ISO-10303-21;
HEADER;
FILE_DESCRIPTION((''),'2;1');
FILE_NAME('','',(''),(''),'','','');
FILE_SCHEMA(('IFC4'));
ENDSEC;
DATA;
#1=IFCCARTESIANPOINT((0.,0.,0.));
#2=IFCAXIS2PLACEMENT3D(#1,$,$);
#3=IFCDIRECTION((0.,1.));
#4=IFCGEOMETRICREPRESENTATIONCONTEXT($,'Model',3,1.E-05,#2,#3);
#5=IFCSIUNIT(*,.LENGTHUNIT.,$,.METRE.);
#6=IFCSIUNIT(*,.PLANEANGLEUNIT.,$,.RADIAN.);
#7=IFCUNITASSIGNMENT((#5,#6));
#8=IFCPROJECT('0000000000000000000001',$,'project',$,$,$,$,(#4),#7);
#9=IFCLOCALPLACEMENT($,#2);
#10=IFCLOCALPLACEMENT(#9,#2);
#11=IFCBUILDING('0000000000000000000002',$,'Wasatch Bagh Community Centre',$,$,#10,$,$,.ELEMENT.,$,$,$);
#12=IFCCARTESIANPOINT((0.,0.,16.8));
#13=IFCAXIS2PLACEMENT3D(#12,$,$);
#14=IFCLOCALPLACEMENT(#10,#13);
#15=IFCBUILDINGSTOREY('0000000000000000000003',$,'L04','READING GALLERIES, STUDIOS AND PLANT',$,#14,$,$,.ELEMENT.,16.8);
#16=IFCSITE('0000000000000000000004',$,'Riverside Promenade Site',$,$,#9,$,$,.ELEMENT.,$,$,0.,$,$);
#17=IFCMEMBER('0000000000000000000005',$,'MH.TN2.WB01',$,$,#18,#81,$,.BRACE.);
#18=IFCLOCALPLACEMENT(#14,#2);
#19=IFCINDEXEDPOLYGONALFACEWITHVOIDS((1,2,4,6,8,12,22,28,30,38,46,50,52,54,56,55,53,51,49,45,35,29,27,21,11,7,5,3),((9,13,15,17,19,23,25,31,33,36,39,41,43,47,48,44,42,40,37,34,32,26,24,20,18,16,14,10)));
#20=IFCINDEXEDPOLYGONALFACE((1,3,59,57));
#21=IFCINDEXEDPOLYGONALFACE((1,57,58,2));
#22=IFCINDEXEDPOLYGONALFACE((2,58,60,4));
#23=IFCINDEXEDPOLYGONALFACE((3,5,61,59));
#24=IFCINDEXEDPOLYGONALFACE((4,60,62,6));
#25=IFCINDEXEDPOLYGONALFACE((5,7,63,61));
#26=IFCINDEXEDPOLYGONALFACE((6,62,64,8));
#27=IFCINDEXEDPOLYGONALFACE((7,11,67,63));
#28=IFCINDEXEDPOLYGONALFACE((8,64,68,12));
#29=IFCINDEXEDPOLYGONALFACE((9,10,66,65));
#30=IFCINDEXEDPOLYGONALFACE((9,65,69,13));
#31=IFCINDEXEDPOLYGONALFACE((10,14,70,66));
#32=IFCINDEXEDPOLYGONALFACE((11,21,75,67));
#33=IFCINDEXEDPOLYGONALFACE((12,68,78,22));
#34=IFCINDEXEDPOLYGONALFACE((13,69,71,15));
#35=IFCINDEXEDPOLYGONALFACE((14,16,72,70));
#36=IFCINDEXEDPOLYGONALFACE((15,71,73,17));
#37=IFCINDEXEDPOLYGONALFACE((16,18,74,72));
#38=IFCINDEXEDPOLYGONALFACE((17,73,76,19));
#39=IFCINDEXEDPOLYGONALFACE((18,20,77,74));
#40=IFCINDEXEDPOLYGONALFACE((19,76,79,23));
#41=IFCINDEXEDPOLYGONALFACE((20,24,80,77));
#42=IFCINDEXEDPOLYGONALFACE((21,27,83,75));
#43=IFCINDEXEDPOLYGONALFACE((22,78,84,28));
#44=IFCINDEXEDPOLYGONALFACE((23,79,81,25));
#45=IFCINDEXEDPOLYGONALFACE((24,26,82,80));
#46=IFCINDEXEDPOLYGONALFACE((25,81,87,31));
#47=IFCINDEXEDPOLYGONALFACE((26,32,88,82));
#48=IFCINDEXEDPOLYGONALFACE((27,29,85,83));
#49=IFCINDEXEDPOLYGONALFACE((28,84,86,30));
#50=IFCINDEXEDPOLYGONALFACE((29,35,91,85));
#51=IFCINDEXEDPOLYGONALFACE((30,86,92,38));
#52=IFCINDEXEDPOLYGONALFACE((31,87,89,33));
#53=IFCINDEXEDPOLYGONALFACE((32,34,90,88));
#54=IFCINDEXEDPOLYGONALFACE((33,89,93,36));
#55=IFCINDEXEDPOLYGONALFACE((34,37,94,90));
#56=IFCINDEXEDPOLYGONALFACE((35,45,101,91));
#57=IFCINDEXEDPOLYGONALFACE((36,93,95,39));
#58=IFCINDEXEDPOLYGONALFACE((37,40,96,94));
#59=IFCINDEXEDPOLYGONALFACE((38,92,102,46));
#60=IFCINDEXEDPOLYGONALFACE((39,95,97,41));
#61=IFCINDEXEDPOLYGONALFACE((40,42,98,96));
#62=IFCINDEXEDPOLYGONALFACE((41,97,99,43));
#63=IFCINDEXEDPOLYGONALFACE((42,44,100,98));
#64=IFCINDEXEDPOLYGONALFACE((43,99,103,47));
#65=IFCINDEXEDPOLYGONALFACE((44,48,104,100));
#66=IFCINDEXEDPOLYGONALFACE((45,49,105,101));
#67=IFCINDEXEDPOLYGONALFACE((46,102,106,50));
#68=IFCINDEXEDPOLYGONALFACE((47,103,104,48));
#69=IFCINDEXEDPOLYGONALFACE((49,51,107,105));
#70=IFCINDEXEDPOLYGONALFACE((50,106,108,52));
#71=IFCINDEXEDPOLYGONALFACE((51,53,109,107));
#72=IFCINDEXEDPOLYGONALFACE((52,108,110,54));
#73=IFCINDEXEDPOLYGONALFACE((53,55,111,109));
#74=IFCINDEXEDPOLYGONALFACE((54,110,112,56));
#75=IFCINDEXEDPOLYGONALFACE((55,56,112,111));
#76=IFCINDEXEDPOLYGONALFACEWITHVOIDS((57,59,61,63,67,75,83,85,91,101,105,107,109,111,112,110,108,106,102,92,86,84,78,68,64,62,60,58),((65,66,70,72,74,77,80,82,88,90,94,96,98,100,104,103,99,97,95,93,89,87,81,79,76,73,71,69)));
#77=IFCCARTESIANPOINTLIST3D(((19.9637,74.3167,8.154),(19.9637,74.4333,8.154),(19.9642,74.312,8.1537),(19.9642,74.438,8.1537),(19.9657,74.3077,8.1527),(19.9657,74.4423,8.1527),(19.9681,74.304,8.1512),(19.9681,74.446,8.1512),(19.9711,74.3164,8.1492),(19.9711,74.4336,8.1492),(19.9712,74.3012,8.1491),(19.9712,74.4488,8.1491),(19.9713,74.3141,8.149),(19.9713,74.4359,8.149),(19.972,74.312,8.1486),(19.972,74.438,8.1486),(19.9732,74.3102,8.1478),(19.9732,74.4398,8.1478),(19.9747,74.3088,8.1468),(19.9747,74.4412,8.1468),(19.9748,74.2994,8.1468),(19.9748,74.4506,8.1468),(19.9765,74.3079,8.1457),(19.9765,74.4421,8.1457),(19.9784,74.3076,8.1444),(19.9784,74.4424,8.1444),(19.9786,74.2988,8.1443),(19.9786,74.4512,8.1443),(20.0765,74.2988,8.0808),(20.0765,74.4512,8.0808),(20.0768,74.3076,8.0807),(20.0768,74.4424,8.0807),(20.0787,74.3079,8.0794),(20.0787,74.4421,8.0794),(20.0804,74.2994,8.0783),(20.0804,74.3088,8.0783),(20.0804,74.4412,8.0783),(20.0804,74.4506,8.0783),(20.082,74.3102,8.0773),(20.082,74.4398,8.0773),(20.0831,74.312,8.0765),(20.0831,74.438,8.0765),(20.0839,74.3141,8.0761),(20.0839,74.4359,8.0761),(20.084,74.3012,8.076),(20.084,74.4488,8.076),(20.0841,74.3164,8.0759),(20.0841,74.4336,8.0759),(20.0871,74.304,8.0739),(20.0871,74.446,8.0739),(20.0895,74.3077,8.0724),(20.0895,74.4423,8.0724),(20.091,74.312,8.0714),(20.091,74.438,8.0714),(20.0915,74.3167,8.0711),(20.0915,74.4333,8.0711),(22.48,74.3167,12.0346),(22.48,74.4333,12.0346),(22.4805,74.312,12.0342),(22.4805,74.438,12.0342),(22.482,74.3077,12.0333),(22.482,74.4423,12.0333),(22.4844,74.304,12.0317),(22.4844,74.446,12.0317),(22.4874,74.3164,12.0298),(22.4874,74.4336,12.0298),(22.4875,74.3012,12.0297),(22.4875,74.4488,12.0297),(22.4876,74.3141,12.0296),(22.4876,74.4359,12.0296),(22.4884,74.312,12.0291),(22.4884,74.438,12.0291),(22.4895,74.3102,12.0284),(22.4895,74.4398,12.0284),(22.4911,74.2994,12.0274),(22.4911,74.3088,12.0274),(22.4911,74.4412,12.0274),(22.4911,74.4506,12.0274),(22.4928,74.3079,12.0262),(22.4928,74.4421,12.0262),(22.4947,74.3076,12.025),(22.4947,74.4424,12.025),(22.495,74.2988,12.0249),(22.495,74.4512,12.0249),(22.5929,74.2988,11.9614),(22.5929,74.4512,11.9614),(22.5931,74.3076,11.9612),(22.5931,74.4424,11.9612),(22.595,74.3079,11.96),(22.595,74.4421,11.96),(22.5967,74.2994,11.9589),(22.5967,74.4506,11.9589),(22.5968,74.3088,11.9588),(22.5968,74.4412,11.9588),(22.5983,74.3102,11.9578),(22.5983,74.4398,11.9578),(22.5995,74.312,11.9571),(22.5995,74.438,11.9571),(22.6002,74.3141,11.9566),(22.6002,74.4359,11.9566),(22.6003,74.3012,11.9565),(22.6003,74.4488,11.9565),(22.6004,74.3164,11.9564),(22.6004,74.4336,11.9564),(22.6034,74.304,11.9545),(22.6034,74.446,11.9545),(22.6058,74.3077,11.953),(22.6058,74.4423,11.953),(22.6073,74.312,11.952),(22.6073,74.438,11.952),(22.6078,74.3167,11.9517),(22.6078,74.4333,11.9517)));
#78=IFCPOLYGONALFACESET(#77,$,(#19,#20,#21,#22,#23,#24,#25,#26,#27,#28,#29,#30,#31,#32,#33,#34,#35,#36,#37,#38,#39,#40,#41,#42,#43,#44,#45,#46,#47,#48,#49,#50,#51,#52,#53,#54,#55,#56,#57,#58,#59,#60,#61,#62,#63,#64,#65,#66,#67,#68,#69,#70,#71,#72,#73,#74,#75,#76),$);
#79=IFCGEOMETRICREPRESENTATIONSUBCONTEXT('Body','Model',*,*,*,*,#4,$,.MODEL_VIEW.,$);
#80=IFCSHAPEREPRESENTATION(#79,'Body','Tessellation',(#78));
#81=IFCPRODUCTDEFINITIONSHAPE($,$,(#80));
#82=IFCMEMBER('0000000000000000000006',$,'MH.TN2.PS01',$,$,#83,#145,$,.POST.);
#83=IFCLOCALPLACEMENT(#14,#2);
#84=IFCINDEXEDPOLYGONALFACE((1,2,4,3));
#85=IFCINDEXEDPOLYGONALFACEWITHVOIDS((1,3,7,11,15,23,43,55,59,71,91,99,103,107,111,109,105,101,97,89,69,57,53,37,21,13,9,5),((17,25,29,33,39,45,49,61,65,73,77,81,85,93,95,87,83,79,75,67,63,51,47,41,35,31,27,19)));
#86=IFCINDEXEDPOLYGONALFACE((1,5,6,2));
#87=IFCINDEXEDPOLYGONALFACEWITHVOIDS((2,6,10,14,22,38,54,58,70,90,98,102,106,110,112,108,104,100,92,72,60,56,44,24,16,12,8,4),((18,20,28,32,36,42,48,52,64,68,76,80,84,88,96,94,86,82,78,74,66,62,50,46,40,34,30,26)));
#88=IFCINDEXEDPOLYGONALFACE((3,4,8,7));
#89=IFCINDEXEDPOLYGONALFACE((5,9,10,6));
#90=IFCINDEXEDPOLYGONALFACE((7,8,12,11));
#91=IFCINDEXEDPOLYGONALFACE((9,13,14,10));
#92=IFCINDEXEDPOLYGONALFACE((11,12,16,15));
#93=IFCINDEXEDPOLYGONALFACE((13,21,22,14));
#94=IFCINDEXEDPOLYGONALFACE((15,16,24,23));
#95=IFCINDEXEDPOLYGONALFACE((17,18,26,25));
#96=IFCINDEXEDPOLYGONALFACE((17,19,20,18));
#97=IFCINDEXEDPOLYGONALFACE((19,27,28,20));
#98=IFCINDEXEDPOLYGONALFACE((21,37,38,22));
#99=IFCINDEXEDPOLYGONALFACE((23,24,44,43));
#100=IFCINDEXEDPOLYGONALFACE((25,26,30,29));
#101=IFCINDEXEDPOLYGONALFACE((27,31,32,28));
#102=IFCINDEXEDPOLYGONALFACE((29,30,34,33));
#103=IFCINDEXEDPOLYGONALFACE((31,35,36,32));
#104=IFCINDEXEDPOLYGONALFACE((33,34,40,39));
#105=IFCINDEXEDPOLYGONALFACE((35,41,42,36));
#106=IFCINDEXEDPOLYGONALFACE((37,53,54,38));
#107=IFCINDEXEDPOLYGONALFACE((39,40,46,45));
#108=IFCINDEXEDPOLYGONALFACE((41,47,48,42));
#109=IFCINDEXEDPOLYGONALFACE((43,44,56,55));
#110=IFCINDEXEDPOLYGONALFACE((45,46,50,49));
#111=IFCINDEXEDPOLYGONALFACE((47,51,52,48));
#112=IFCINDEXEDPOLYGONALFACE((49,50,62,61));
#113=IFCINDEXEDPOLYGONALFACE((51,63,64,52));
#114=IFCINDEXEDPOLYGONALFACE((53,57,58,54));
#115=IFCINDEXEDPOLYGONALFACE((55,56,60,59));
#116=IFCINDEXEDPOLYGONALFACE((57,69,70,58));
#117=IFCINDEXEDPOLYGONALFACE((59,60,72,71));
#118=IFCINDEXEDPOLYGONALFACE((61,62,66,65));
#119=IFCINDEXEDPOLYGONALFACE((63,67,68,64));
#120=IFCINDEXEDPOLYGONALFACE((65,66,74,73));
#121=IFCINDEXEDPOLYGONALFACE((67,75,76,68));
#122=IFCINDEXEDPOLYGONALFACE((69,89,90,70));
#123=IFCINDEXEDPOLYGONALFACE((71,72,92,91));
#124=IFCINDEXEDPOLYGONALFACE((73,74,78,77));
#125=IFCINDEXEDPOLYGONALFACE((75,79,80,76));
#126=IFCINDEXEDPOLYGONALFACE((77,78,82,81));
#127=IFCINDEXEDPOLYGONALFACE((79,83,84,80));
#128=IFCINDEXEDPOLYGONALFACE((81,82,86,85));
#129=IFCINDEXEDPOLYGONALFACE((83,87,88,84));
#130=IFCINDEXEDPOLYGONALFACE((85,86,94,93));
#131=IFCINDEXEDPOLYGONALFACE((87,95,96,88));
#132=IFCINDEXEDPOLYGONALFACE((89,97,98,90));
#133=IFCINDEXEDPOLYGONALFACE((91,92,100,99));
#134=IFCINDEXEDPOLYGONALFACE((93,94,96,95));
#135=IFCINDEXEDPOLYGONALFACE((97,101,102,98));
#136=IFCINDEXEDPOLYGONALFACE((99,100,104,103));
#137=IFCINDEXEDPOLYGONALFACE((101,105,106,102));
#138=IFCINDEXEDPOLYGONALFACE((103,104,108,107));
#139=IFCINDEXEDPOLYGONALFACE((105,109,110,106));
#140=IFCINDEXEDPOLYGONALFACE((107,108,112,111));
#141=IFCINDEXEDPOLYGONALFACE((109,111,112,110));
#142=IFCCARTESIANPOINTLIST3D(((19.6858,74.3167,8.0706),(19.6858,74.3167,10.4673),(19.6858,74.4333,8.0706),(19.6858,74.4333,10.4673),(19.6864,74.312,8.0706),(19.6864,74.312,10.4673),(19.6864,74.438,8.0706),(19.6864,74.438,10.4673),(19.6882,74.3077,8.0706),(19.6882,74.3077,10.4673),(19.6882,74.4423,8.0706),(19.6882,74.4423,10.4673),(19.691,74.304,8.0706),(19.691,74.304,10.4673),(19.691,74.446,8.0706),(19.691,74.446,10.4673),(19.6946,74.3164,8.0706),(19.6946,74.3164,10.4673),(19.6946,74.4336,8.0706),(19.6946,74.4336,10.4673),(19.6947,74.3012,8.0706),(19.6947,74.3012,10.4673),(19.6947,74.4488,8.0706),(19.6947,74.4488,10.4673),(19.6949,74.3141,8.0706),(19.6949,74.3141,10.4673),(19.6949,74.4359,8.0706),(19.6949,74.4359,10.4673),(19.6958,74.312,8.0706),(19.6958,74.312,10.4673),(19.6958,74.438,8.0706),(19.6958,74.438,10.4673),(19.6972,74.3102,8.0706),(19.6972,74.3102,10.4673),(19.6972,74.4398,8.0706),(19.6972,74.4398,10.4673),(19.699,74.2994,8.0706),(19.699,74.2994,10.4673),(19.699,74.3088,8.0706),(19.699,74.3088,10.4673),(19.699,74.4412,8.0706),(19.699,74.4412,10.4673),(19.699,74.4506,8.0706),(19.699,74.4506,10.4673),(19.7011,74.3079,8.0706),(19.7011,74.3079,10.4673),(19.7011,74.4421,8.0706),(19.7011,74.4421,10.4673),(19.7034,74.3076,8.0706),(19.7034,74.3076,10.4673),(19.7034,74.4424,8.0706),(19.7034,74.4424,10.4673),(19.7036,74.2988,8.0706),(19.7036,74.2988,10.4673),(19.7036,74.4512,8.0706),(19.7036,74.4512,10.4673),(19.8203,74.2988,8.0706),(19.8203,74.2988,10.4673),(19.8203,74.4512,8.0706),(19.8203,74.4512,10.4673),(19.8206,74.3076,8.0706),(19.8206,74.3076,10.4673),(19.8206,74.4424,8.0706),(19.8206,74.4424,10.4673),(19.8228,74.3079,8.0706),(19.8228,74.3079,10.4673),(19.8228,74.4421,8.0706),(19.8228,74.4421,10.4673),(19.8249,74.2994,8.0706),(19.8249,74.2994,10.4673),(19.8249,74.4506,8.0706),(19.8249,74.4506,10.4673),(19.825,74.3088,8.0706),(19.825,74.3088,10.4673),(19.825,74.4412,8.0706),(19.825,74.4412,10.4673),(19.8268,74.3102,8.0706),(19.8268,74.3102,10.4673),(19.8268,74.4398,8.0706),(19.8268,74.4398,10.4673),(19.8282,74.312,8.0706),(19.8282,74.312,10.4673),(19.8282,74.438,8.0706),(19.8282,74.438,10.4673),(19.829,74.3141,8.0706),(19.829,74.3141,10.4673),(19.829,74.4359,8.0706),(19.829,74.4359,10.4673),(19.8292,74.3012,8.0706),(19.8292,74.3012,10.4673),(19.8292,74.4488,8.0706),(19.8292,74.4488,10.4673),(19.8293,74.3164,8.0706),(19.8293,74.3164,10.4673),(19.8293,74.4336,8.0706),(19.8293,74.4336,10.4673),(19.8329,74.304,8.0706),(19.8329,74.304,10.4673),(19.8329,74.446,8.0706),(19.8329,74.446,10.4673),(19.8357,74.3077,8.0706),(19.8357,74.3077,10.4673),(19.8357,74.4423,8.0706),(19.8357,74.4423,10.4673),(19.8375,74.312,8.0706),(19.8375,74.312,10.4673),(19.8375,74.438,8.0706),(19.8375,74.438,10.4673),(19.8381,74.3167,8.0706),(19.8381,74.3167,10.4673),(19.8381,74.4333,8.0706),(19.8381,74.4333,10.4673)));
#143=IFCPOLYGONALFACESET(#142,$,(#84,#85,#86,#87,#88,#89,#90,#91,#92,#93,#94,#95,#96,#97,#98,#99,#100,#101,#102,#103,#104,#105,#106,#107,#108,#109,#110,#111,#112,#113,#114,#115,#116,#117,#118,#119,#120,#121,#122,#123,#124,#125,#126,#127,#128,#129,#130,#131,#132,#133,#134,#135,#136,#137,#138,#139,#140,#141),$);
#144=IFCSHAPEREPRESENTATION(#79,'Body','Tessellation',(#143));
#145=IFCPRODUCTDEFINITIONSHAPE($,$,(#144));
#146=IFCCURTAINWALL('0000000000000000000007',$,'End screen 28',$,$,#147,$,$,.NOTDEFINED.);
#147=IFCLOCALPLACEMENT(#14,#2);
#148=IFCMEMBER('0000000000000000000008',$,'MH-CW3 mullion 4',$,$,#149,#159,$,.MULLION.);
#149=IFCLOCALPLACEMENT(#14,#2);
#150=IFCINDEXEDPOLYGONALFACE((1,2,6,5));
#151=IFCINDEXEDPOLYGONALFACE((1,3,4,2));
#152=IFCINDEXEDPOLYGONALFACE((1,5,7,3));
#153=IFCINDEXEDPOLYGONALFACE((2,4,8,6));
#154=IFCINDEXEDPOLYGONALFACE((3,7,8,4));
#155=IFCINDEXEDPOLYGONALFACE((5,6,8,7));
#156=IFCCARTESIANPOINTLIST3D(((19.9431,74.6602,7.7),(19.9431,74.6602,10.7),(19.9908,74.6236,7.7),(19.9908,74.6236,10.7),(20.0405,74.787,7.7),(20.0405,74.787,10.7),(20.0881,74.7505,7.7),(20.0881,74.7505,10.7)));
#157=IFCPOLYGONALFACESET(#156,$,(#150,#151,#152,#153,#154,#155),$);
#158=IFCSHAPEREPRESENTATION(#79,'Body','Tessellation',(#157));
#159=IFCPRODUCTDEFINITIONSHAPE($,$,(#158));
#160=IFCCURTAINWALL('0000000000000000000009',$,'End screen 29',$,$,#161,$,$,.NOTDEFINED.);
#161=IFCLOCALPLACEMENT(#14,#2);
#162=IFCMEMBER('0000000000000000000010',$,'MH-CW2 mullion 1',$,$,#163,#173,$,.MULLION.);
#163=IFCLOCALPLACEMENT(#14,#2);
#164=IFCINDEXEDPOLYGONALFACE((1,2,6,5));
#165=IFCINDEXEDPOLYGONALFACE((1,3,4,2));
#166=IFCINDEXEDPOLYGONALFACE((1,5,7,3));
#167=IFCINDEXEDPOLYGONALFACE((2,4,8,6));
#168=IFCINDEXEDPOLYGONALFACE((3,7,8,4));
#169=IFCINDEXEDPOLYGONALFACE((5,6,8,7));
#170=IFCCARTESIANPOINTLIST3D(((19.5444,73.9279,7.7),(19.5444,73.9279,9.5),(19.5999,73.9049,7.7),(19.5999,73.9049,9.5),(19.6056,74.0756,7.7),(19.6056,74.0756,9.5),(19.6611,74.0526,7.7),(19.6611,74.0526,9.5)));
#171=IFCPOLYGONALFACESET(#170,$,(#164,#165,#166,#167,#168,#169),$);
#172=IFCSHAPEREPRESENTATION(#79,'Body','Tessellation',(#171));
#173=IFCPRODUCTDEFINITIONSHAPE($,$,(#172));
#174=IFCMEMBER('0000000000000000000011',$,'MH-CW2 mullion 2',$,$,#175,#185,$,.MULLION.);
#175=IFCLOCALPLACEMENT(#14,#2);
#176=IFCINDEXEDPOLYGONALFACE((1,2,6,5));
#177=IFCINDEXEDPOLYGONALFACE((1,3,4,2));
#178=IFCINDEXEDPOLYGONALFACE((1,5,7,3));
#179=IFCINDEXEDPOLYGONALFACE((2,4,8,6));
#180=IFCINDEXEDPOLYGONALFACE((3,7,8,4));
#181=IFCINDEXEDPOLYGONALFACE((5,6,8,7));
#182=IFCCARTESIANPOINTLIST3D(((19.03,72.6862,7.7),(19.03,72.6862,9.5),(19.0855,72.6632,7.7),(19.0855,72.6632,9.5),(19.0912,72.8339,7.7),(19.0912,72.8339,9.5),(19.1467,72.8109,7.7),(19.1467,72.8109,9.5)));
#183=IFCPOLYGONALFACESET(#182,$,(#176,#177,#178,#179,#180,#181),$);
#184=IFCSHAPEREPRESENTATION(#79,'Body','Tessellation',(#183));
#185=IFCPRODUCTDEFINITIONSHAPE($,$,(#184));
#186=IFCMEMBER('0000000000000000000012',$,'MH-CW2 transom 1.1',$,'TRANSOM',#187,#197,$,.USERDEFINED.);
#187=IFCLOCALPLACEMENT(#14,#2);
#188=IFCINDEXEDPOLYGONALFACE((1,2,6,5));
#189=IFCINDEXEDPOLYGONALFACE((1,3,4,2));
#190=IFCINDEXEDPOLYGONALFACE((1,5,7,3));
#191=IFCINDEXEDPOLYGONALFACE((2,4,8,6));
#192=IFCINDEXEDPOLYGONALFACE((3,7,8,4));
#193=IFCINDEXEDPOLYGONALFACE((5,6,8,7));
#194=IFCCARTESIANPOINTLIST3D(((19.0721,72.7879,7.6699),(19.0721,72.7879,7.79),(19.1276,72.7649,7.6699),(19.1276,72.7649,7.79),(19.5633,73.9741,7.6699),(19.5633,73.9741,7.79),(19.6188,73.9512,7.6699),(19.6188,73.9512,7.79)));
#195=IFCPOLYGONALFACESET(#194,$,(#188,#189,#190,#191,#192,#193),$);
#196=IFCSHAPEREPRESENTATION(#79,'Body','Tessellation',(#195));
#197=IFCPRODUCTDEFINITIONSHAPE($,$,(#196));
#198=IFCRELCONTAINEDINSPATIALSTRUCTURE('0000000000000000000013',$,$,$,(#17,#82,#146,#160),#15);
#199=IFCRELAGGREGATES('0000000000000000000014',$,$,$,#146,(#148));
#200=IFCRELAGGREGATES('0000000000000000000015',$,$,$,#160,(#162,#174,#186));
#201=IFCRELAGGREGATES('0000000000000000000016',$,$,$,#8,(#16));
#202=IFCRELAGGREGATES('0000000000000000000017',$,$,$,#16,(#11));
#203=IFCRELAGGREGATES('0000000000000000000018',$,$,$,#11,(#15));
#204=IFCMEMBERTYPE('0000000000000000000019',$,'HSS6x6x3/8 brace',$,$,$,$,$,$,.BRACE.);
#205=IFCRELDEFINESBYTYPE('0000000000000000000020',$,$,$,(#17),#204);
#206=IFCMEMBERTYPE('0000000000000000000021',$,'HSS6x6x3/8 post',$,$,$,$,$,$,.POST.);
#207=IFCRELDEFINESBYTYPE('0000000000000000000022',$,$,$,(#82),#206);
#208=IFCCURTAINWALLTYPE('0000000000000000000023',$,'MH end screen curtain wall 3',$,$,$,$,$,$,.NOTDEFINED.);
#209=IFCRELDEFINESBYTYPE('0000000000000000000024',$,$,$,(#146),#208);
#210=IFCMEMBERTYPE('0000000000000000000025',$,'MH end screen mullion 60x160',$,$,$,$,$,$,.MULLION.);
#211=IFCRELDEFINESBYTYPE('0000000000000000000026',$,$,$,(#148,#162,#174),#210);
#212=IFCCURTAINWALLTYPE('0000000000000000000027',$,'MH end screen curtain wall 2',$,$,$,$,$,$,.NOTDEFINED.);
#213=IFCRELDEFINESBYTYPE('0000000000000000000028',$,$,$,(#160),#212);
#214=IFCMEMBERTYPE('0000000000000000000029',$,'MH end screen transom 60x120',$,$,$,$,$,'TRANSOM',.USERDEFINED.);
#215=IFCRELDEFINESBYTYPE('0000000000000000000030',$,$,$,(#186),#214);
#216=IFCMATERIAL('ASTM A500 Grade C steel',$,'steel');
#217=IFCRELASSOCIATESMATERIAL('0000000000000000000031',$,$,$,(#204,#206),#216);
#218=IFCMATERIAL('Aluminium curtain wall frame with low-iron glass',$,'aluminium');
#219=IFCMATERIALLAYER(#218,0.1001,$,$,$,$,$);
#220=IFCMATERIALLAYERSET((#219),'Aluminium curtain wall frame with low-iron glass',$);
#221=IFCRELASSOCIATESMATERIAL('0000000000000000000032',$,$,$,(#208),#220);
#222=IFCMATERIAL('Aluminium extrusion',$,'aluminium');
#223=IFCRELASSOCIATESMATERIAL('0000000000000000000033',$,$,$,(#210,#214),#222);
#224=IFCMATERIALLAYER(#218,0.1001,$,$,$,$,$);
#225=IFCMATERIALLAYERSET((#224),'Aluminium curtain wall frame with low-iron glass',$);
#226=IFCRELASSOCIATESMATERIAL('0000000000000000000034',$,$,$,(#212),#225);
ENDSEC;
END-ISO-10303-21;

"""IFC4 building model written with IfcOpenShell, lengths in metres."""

from ifc_helpers import new_model, si_unit, direction, frame, origin, origin_2d, place, context, subcontext, project, spatial, rectangle, hollow_rectangle, extrude, material, layer, layer_set, material_profile, profile_set, type_object, element, aggregate, save


model = new_model("IFC4")

# Units and contexts
model_context = context("Model", 3, precision=1e-05, world=origin(), true_north=direction((0.0, 1.0)))
body_context = subcontext(model_context, "Body", "Model", "MODEL_VIEW")
ifc_project = project(units=[si_unit("LENGTHUNIT", "METRE"), si_unit("PLANEANGLEUNIT", "RADIAN")], contexts=[model_context])

# Site, building, storey
site_placement = place(None, origin())
site = spatial("IfcSite", under=ifc_project, at=site_placement, Name="Riverside Promenade Site", CompositionType="ELEMENT", RefElevation=0.0)
building_placement = place(site_placement, origin())
building = spatial("IfcBuilding", under=site, at=building_placement, Name="Wasatch Bagh Community Centre", CompositionType="ELEMENT")
storey_placement = place(building_placement, frame((0.0, 0.0, 16.8)))
storey = spatial("IfcBuildingStorey", under=building, at=storey_placement, Name="L04", Description="READING GALLERIES, STUDIOS AND PLANT", CompositionType="ELEMENT", Elevation=16.8)

# Members
ifc_material_1 = material(Name="ASTM A500 Grade C steel", Category="steel")
ifc_material_profile_1 = material_profile(ifc_material_1, hollow_rectangle(XDim=0.1523, YDim=0.1523, WallThickness=0.0088, InnerFilletRadius=0.0088, OuterFilletRadius=0.0178, at=origin_2d()), Name="HSS6x6x3/8")
ifc_profile_set_1 = profile_set([ifc_material_profile_1], Name="ASTM A500 Grade C steel")
member_type_1 = type_object("IfcMemberType", Name="HSS6x6x3/8 brace", PredefinedType="BRACE", material=ifc_profile_set_1)
member_1_placement = place(storey_placement, frame((20.0276, 74.375, 8.1125), z_axis=(0.54407, 0.0, 0.83904), x_axis=(0.0, 1.0, 0.0)))
element("IfcMember", 1, at=member_1_placement, inside=storey, type_object=member_type_1, Name="MH.TN2.WB01", PredefinedType="BRACE", context=body_context, shape_type="SweptSolid", body=[
    extrude(hollow_rectangle(XDim=0.1523, YDim=0.1523, WallThickness=0.0088, InnerFilletRadius=0.0088, OuterFilletRadius=0.0178, at=origin_2d()), origin(), (0.0, 0.0, 1.0), 4.625),
])
ifc_material_profile_2 = material_profile(ifc_material_1, hollow_rectangle(XDim=0.1523, YDim=0.1523, WallThickness=0.0088, InnerFilletRadius=0.0088, OuterFilletRadius=0.0178, at=origin_2d()), Name="HSS6x6x3/8")
ifc_profile_set_2 = profile_set([ifc_material_profile_2], Name="ASTM A500 Grade C steel")
member_type_2 = type_object("IfcMemberType", Name="HSS6x6x3/8 post", PredefinedType="POST", material=ifc_profile_set_2)
member_2_placement = place(storey_placement, frame((19.762, 74.375, 8.0706), z_axis=(0.0, 0.0, 1.0), x_axis=(1.0, 0.0, 0.0)))
element("IfcMember", 2, at=member_2_placement, inside=storey, type_object=member_type_2, Name="MH.TN2.PS01", PredefinedType="POST", context=body_context, shape_type="SweptSolid", body=[
    extrude(hollow_rectangle(XDim=0.1523, YDim=0.1523, WallThickness=0.0088, InnerFilletRadius=0.0088, OuterFilletRadius=0.0178, at=origin_2d()), origin(), (0.0, 0.0, 1.0), 2.3967),
])

# Curtain wall, member
ifc_material_2 = material(Name="Aluminium curtain wall frame with low-iron glass", Category="aluminium")
ifc_layer_1 = layer(ifc_material_2, 0.1001)
ifc_layer_set_1 = layer_set([ifc_layer_1], Name="Aluminium curtain wall frame with low-iron glass")
curtain_wall_type_1 = type_object("IfcCurtainWallType", Name="MH end screen curtain wall 3", PredefinedType="NOTDEFINED", material=ifc_layer_set_1)
curtain_wall_1_placement = place(storey_placement, origin())
curtain_wall_1 = element("IfcCurtainWall", 3, at=curtain_wall_1_placement, inside=storey, type_object=curtain_wall_type_1, Name="End screen 28", PredefinedType="NOTDEFINED")
ifc_material_3 = material(Name="Aluminium extrusion", Category="aluminium")
ifc_material_profile_3 = material_profile(ifc_material_3, rectangle(XDim=0.0601, YDim=0.1599, at=origin_2d()), Name="AL 60x160")
ifc_profile_set_3 = profile_set([ifc_material_profile_3], Name="Aluminium extrusion")
member_type_3 = type_object("IfcMemberType", Name="MH end screen mullion 60x160", PredefinedType="MULLION", material=ifc_profile_set_3)
member_3_placement = place(storey_placement, frame((20.0156, 74.7053, 7.7), z_axis=(0.0, 0.0, 1.0), x_axis=(0.793353, -0.608761, 0.0)))
member_3 = element("IfcMember", 4, at=member_3_placement, type_object=member_type_3, Name="MH-CW3 mullion 4", PredefinedType="MULLION", context=body_context, shape_type="SweptSolid", body=[
    extrude(rectangle(XDim=0.0601, YDim=0.1599, at=origin_2d()), origin(), (0.0, 0.0, 1.0), 3.0),
])
aggregate(curtain_wall_1, [member_3])

# Curtain wall, members
ifc_layer_2 = layer(ifc_material_2, 0.1001)
ifc_layer_set_2 = layer_set([ifc_layer_2], Name="Aluminium curtain wall frame with low-iron glass")
curtain_wall_type_2 = type_object("IfcCurtainWallType", Name="MH end screen curtain wall 2", PredefinedType="NOTDEFINED", material=ifc_layer_set_2)
curtain_wall_2_placement = place(storey_placement, origin())
curtain_wall_2 = element("IfcCurtainWall", 5, at=curtain_wall_2_placement, inside=storey, type_object=curtain_wall_type_2, Name="End screen 29", PredefinedType="NOTDEFINED")
member_4_placement = place(storey_placement, frame((19.6028, 73.9902, 7.7), z_axis=(0.0, 0.0, 1.0), x_axis=(0.92388, -0.382683, 0.0)))
member_4 = element("IfcMember", 6, at=member_4_placement, type_object=member_type_3, Name="MH-CW2 mullion 1", PredefinedType="MULLION", context=body_context, shape_type="SweptSolid", body=[
    extrude(rectangle(XDim=0.0601, YDim=0.1599, at=origin_2d()), origin(), (0.0, 0.0, 1.0), 1.8),
])
member_5_placement = place(storey_placement, frame((19.0884, 72.7485, 7.7), z_axis=(0.0, 0.0, 1.0), x_axis=(0.92388, -0.382683, 0.0)))
member_5 = element("IfcMember", 7, at=member_5_placement, type_object=member_type_3, Name="MH-CW2 mullion 2", PredefinedType="MULLION", context=body_context, shape_type="SweptSolid", body=[
    extrude(rectangle(XDim=0.0601, YDim=0.1599, at=origin_2d()), origin(), (0.0, 0.0, 1.0), 1.8),
])
ifc_material_profile_4 = material_profile(ifc_material_3, rectangle(XDim=0.0601, YDim=0.1201, at=origin_2d()), Name="AL 60x120")
ifc_profile_set_4 = profile_set([ifc_material_profile_4], Name="Aluminium extrusion")
member_type_4 = type_object("IfcMemberType", Name="MH end screen transom 60x120", ElementType="TRANSOM", PredefinedType="USERDEFINED", material=ifc_profile_set_4)
member_6_placement = place(storey_placement, frame((19.5911, 73.9626, 7.73), z_axis=(-0.382576, -0.923924, 0.0), x_axis=(0.923924, -0.382576, 0.0)))
member_6 = element("IfcMember", 8, at=member_6_placement, type_object=member_type_4, Name="MH-CW2 transom 1.1", ObjectType="TRANSOM", PredefinedType="USERDEFINED", context=body_context, shape_type="SweptSolid", body=[
    extrude(rectangle(XDim=0.0601, YDim=0.1201, at=origin_2d()), origin(), (0.0, 0.0, 1.0), 1.2839),
])

aggregate(curtain_wall_2, [member_4, member_5, member_6])

save(model, "model.ifc")
